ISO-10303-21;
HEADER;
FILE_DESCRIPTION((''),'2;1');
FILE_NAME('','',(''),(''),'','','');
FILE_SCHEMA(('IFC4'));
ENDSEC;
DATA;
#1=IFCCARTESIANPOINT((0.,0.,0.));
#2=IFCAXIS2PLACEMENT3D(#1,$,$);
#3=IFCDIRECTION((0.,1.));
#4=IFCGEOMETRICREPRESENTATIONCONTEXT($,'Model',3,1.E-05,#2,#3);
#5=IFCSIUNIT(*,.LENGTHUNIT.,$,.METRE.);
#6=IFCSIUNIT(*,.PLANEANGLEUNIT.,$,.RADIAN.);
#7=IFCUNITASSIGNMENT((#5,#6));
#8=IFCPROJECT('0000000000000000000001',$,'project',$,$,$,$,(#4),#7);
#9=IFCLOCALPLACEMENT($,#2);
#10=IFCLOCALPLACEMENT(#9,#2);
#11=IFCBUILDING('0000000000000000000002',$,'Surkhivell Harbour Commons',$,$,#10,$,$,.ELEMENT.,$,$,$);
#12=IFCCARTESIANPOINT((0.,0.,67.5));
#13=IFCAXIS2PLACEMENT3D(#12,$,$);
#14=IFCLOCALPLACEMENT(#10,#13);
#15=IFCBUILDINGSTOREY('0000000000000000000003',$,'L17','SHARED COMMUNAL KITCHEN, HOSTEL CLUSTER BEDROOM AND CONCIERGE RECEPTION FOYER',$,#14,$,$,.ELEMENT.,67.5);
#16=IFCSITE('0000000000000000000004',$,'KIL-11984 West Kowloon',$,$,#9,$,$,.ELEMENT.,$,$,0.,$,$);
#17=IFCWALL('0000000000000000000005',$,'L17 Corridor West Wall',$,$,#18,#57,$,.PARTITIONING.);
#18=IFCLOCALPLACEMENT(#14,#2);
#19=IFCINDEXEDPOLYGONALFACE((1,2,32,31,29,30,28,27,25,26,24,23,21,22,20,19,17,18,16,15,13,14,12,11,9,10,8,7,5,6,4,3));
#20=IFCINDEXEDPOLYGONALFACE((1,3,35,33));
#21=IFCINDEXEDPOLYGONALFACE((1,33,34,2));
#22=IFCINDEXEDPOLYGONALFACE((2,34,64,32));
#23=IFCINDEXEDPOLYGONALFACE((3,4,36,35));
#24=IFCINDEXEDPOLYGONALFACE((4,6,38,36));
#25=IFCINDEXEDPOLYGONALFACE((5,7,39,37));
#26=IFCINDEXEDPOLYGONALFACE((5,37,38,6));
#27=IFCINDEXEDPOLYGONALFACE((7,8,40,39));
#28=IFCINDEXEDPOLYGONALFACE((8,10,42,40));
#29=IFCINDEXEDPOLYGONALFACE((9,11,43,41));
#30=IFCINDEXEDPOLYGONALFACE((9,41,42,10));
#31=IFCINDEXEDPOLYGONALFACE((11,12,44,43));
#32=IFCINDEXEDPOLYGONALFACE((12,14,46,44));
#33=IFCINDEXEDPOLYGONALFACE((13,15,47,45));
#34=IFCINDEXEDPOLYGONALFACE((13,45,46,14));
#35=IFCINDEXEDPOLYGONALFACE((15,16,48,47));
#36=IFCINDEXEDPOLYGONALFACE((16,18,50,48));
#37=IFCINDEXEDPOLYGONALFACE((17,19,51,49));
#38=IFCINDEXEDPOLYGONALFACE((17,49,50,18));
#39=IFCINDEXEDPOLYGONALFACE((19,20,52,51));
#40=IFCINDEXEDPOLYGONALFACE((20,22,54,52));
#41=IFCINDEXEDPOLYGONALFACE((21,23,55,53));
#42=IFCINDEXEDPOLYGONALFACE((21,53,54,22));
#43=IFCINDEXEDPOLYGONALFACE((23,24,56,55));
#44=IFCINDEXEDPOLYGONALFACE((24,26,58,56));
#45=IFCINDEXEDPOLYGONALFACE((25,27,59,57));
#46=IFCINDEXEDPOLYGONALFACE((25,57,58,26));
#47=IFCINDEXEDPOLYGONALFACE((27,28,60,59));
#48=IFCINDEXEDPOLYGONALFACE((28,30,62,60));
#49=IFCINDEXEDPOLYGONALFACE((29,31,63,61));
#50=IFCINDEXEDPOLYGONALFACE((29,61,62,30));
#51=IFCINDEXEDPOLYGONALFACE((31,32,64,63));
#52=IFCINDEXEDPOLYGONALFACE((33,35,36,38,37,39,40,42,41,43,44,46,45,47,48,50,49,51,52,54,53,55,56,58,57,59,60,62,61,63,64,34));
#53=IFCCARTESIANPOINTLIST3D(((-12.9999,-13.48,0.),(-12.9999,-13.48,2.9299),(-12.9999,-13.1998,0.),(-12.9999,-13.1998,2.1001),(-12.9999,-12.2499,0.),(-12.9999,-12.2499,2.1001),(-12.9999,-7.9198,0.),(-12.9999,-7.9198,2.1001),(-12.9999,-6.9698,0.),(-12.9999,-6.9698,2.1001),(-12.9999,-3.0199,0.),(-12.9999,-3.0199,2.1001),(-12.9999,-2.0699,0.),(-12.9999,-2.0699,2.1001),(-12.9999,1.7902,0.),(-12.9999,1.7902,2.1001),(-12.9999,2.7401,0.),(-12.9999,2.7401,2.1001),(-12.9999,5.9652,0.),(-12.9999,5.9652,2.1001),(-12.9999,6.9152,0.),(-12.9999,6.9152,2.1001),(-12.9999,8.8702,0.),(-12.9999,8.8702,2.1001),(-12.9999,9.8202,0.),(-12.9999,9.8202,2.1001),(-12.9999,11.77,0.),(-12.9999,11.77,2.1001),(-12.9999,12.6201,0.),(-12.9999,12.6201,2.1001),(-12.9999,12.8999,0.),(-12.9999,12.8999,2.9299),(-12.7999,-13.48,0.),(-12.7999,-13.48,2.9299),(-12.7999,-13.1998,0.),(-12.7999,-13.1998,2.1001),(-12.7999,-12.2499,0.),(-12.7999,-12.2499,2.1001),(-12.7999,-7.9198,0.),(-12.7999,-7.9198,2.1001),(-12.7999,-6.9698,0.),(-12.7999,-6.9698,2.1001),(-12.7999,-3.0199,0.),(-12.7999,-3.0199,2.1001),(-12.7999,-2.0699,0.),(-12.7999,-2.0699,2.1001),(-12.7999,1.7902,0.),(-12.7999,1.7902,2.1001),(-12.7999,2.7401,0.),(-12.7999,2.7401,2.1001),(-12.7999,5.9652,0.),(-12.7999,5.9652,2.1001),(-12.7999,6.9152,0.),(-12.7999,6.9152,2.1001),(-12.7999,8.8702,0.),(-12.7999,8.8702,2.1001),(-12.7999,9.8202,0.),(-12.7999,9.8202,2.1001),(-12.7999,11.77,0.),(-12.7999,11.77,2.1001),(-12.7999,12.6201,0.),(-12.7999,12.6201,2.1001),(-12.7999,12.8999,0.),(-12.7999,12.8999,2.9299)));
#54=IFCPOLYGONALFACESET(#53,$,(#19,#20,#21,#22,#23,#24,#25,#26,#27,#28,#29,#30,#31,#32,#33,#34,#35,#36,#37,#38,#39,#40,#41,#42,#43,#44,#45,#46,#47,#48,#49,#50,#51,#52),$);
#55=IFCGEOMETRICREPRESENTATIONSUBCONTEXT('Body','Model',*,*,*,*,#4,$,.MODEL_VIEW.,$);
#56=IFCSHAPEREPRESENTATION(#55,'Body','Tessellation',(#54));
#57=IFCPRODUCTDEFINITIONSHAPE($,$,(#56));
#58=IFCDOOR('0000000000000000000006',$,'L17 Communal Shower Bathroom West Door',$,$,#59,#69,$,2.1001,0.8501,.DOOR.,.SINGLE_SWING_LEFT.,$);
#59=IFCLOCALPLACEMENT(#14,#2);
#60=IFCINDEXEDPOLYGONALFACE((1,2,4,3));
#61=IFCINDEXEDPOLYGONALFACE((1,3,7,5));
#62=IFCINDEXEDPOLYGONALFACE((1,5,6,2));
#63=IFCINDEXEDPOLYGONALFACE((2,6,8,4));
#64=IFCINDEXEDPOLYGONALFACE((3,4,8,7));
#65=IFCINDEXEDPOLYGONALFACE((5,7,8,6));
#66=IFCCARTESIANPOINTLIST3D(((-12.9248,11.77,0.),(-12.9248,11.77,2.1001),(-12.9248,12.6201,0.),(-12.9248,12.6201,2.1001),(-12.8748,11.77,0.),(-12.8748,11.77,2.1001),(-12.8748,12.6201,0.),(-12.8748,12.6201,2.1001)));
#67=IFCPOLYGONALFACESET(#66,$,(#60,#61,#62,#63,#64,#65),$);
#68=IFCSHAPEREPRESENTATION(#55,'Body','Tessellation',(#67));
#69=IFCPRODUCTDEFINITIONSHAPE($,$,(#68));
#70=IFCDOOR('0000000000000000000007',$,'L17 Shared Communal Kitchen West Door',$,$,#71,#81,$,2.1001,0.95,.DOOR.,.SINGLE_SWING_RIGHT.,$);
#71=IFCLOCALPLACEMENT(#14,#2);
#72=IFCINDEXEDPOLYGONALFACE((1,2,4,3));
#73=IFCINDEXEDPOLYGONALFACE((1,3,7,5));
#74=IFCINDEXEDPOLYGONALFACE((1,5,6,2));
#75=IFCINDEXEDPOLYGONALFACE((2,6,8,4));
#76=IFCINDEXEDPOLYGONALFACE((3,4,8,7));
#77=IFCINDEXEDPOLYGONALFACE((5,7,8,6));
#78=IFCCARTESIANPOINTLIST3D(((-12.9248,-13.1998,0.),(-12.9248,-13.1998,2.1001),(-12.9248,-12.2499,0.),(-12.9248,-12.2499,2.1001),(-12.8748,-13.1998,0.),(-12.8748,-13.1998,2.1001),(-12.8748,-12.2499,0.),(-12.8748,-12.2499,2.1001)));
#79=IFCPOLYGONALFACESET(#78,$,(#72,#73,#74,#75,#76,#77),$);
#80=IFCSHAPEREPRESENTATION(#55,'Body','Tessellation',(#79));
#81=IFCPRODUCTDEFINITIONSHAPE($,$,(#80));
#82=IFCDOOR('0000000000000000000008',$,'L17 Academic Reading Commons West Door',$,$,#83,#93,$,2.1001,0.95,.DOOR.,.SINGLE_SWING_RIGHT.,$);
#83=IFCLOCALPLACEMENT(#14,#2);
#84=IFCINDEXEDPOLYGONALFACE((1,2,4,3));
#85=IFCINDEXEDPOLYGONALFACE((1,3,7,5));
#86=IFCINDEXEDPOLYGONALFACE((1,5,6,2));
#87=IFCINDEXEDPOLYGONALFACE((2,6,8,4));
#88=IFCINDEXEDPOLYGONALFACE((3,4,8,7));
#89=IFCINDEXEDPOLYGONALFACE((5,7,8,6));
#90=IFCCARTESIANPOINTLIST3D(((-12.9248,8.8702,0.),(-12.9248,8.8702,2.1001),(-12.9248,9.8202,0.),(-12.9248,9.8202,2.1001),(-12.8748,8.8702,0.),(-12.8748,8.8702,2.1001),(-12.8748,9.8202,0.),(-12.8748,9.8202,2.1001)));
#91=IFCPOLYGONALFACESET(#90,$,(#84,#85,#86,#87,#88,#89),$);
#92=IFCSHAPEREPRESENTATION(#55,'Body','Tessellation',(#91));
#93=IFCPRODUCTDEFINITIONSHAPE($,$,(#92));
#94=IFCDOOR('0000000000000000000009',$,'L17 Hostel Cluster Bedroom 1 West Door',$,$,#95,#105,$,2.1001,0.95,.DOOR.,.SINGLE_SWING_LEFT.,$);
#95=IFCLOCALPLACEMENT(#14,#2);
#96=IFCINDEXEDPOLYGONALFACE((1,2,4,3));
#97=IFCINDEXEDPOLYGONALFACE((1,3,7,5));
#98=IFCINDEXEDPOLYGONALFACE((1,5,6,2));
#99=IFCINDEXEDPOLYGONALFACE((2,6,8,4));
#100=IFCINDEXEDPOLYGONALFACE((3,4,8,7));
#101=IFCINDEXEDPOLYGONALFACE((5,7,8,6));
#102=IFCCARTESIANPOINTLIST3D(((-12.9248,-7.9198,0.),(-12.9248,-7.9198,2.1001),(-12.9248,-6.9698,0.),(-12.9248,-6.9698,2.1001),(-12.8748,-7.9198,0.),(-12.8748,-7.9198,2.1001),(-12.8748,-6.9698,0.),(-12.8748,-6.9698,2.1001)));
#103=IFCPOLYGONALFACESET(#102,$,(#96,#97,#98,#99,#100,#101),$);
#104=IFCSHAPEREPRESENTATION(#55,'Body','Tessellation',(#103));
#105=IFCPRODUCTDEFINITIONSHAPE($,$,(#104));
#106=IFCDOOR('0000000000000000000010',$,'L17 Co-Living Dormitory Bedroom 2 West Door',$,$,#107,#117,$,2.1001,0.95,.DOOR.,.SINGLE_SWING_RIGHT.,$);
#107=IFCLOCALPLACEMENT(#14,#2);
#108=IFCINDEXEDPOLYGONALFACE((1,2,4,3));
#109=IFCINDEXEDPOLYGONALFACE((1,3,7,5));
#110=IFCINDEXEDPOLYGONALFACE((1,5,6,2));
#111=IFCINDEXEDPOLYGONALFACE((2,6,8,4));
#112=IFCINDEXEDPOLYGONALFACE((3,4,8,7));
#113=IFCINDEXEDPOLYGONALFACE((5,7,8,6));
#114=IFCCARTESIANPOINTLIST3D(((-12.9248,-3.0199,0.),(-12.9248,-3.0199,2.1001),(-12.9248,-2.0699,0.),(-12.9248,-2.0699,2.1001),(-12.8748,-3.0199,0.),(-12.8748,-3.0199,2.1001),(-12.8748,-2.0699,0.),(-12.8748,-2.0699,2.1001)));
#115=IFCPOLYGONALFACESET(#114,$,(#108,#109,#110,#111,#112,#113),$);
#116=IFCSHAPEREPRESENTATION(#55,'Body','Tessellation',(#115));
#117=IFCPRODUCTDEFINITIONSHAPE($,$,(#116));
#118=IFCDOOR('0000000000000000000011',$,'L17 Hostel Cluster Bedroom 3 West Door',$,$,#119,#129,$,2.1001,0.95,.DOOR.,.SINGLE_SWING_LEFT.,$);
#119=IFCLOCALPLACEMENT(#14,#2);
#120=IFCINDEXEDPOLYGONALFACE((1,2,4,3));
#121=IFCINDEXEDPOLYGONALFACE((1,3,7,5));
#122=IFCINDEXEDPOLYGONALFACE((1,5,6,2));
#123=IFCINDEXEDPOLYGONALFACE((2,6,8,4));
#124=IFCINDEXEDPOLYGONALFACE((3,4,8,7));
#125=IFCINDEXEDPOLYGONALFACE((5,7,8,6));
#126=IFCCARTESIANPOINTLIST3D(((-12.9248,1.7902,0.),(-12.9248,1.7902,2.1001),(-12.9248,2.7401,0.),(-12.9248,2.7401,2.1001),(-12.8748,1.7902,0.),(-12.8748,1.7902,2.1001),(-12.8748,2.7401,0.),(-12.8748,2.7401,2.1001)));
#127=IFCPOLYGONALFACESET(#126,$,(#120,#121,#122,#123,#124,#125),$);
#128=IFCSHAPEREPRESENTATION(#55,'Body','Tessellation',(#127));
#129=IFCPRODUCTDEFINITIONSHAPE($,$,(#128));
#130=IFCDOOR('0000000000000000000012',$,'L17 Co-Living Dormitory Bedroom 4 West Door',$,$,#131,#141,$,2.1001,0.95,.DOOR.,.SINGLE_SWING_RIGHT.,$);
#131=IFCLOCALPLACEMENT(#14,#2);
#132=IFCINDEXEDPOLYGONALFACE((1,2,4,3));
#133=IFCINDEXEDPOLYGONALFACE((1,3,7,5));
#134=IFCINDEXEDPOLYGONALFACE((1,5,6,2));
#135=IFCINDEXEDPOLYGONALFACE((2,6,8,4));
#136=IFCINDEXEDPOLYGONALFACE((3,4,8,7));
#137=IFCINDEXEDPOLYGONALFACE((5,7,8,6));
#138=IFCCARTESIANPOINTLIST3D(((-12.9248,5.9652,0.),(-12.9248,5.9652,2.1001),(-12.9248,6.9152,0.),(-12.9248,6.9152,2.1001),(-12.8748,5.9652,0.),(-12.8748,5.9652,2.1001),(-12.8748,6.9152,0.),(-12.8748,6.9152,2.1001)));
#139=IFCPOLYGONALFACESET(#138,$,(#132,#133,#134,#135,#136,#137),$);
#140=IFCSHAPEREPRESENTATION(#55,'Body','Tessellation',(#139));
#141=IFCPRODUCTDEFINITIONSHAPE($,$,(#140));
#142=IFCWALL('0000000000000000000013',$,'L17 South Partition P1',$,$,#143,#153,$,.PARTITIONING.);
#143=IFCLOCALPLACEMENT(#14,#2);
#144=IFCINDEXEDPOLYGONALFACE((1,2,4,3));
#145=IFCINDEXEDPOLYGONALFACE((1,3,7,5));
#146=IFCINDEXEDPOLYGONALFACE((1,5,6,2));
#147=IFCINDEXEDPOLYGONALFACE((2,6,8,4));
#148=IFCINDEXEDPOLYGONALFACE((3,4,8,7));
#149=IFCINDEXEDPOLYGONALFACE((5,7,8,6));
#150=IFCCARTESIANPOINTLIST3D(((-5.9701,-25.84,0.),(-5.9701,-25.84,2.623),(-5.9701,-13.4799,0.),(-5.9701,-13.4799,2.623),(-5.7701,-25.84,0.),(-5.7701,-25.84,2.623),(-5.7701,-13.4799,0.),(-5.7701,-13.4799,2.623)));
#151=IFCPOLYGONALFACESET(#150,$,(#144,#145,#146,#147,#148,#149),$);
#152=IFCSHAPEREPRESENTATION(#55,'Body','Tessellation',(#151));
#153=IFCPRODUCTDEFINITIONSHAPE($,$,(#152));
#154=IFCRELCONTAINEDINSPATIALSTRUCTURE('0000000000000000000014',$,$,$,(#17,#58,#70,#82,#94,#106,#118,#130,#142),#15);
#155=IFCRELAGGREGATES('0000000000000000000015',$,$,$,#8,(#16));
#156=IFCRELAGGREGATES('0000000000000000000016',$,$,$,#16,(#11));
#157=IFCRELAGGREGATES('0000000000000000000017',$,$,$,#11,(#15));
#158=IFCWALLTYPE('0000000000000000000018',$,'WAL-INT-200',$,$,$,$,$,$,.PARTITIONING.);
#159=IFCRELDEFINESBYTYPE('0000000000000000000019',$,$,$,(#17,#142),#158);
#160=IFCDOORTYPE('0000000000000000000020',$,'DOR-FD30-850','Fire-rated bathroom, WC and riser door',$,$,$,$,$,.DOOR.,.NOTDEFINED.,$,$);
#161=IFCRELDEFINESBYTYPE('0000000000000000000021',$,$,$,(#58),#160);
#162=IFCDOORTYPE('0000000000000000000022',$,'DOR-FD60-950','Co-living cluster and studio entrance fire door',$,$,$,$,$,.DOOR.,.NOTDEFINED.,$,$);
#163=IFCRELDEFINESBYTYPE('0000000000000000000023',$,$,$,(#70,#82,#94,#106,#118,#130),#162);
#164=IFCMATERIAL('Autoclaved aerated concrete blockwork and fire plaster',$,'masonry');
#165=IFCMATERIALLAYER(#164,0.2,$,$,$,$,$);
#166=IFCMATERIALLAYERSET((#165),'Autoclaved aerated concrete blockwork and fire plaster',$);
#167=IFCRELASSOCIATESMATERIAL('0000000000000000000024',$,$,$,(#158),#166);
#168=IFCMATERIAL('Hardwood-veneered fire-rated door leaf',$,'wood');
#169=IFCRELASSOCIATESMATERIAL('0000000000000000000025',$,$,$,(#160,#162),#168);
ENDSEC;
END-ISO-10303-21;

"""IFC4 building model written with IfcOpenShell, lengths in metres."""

from ifc_helpers import new_model, si_unit, direction, frame, frame_2d, origin, place, context, subcontext, project, spatial, rectangle, extrude, material, layer, layer_set, type_object, element, fill, save


model = new_model("IFC4")

# Units and contexts
model_context = context("Model", 3, precision=1e-05, world=origin(), true_north=direction((0.0, 1.0)))
body_context = subcontext(model_context, "Body", "Model", "MODEL_VIEW")
ifc_project = project(units=[si_unit("LENGTHUNIT", "METRE"), si_unit("PLANEANGLEUNIT", "RADIAN")], contexts=[model_context])

# Site, building, storey
site_placement = place(None, origin())
site = spatial("IfcSite", under=ifc_project, at=site_placement, Name="KIL-11984 West Kowloon", CompositionType="ELEMENT", RefElevation=0.0)
building_placement = place(site_placement, origin())
building = spatial("IfcBuilding", under=site, at=building_placement, Name="Surkhivell Harbour Commons", CompositionType="ELEMENT")
storey_placement = place(building_placement, frame((0.0, 0.0, 67.5)))
storey = spatial("IfcBuildingStorey", under=building, at=storey_placement, Name="L17", Description="SHARED COMMUNAL KITCHEN, HOSTEL CLUSTER BEDROOM AND CONCIERGE RECEPTION FOYER", CompositionType="ELEMENT", Elevation=67.5)

# Wall, openings, doors
ifc_material_1 = material(Name="Autoclaved aerated concrete blockwork and fire plaster", Category="masonry")
ifc_layer_1 = layer(ifc_material_1, 0.2)
ifc_layer_set_1 = layer_set([ifc_layer_1], Name="Autoclaved aerated concrete blockwork and fire plaster")
wall_type_1 = type_object("IfcWallType", Name="WAL-INT-200", PredefinedType="PARTITIONING", material=ifc_layer_set_1)
ifc_material_2 = material(Name="Hardwood-veneered fire-rated door leaf", Category="wood")
door_type_1 = type_object("IfcDoorType", Name="DOR-FD30-850", Description="Fire-rated bathroom, WC and riser door", OperationType="NOTDEFINED", PredefinedType="DOOR", material=ifc_material_2)
wall_1_placement = place(storey_placement, frame((-12.8999, -13.48, 0.0), z_axis=(0.0, 0.0, 1.0), x_axis=(0.0, 1.0, 0.0)))
wall_1 = element("IfcWall", 1, at=wall_1_placement, inside=storey, type_object=wall_type_1, Name="L17 Corridor West Wall", PredefinedType="PARTITIONING", context=body_context, shape_type="SweptSolid", body=[
    extrude(rectangle(XDim=26.3799, YDim=0.2, at=frame_2d((13.1899, 0.0))), origin(), (0.0, 0.0, 1.0), 2.9299),
])
opening_1_placement = place(wall_1_placement, frame((0.28, 0.0, 0.0)))
opening_1 = element("IfcOpeningElement", 2, at=opening_1_placement, cuts=wall_1, PredefinedType="OPENING", context=body_context, shape_type="SweptSolid", body=[
    extrude(rectangle(XDim=0.95, YDim=2.1001, at=frame_2d((0.4751, 1.05))), frame((0.0, 0.1099, 0.0), z_axis=(0.0, -1.0, 0.0), x_axis=(1.0, 0.0, 0.0)), (0.0, 0.0, 1.0), 0.22),
])
opening_2_placement = place(wall_1_placement, frame((25.25, 0.0, 0.0)))
opening_2 = element("IfcOpeningElement", 3, at=opening_2_placement, cuts=wall_1, PredefinedType="OPENING", context=body_context, shape_type="SweptSolid", body=[
    extrude(rectangle(XDim=0.8501, YDim=2.1001, at=frame_2d((0.425, 1.05))), frame((0.0, 0.1099, 0.0), z_axis=(0.0, -1.0, 0.0), x_axis=(1.0, 0.0, 0.0)), (0.0, 0.0, 1.0), 0.22),
])
opening_3_placement = place(wall_1_placement, frame((22.3501, 0.0, 0.0)))
opening_3 = element("IfcOpeningElement", 4, at=opening_3_placement, cuts=wall_1, PredefinedType="OPENING", context=body_context, shape_type="SweptSolid", body=[
    extrude(rectangle(XDim=0.95, YDim=2.1001, at=frame_2d((0.4751, 1.05))), frame((0.0, 0.1099, 0.0), z_axis=(0.0, -1.0, 0.0), x_axis=(1.0, 0.0, 0.0)), (0.0, 0.0, 1.0), 0.22),
])
opening_4_placement = place(wall_1_placement, frame((5.5601, 0.0, 0.0)))
opening_4 = element("IfcOpeningElement", 5, at=opening_4_placement, cuts=wall_1, PredefinedType="OPENING", context=body_context, shape_type="SweptSolid", body=[
    extrude(rectangle(XDim=0.95, YDim=2.1001, at=frame_2d((0.4751, 1.05))), frame((0.0, 0.1099, 0.0), z_axis=(0.0, -1.0, 0.0), x_axis=(1.0, 0.0, 0.0)), (0.0, 0.0, 1.0), 0.22),
])
opening_5_placement = place(wall_1_placement, frame((10.46, 0.0, 0.0)))
opening_5 = element("IfcOpeningElement", 6, at=opening_5_placement, cuts=wall_1, PredefinedType="OPENING", context=body_context, shape_type="SweptSolid", body=[
    extrude(rectangle(XDim=0.95, YDim=2.1001, at=frame_2d((0.4751, 1.05))), frame((0.0, 0.1099, 0.0), z_axis=(0.0, -1.0, 0.0), x_axis=(1.0, 0.0, 0.0)), (0.0, 0.0, 1.0), 0.22),
])
opening_6_placement = place(wall_1_placement, frame((15.27, 0.0, 0.0)))
opening_6 = element("IfcOpeningElement", 7, at=opening_6_placement, cuts=wall_1, PredefinedType="OPENING", context=body_context, shape_type="SweptSolid", body=[
    extrude(rectangle(XDim=0.95, YDim=2.1001, at=frame_2d((0.4751, 1.05))), frame((0.0, 0.1099, 0.0), z_axis=(0.0, -1.0, 0.0), x_axis=(1.0, 0.0, 0.0)), (0.0, 0.0, 1.0), 0.22),
])
opening_7_placement = place(wall_1_placement, frame((19.4451, 0.0, 0.0)))
opening_7 = element("IfcOpeningElement", 8, at=opening_7_placement, cuts=wall_1, PredefinedType="OPENING", context=body_context, shape_type="SweptSolid", body=[
    extrude(rectangle(XDim=0.95, YDim=2.1001, at=frame_2d((0.4751, 1.05))), frame((0.0, 0.1099, 0.0), z_axis=(0.0, -1.0, 0.0), x_axis=(1.0, 0.0, 0.0)), (0.0, 0.0, 1.0), 0.22),
])
door_1_placement = place(opening_2_placement, origin())
door_1 = element("IfcDoor", 9, at=door_1_placement, inside=storey, type_object=door_type_1, Name="L17 Communal Shower Bathroom West Door", OperationType="SINGLE_SWING_LEFT", OverallHeight=2.1001, OverallWidth=0.8501, PredefinedType="DOOR", context=body_context, shape_type="SweptSolid", body=[
    extrude(rectangle(XDim=0.8501, YDim=2.1001, at=frame_2d((0.425, 1.05))), frame((0.0, 0.0249, 0.0), z_axis=(0.0, -1.0, 0.0), x_axis=(1.0, 0.0, 0.0)), (0.0, 0.0, 1.0), 0.05),
])
fill(opening_2, door_1)
door_type_2 = type_object("IfcDoorType", Name="DOR-FD60-950", Description="Co-living cluster and studio entrance fire door", OperationType="NOTDEFINED", PredefinedType="DOOR", material=ifc_material_2)
door_2_placement = place(opening_1_placement, origin())
door_2 = element("IfcDoor", 10, at=door_2_placement, inside=storey, type_object=door_type_2, Name="L17 Shared Communal Kitchen West Door", OperationType="SINGLE_SWING_RIGHT", OverallHeight=2.1001, OverallWidth=0.95, PredefinedType="DOOR", context=body_context, shape_type="SweptSolid", body=[
    extrude(rectangle(XDim=0.95, YDim=2.1001, at=frame_2d((0.4751, 1.05))), frame((0.0, 0.0249, 0.0), z_axis=(0.0, -1.0, 0.0), x_axis=(1.0, 0.0, 0.0)), (0.0, 0.0, 1.0), 0.05),
])
fill(opening_1, door_2)
door_3_placement = place(opening_3_placement, origin())
door_3 = element("IfcDoor", 11, at=door_3_placement, inside=storey, type_object=door_type_2, Name="L17 Academic Reading Commons West Door", OperationType="SINGLE_SWING_RIGHT", OverallHeight=2.1001, OverallWidth=0.95, PredefinedType="DOOR", context=body_context, shape_type="SweptSolid", body=[
    extrude(rectangle(XDim=0.95, YDim=2.1001, at=frame_2d((0.4751, 1.05))), frame((0.0, 0.0249, 0.0), z_axis=(0.0, -1.0, 0.0), x_axis=(1.0, 0.0, 0.0)), (0.0, 0.0, 1.0), 0.05),
])
fill(opening_3, door_3)
door_4_placement = place(opening_4_placement, origin())
door_4 = element("IfcDoor", 12, at=door_4_placement, inside=storey, type_object=door_type_2, Name="L17 Hostel Cluster Bedroom 1 West Door", OperationType="SINGLE_SWING_LEFT", OverallHeight=2.1001, OverallWidth=0.95, PredefinedType="DOOR", context=body_context, shape_type="SweptSolid", body=[
    extrude(rectangle(XDim=0.95, YDim=2.1001, at=frame_2d((0.4751, 1.05))), frame((0.0, 0.0249, 0.0), z_axis=(0.0, -1.0, 0.0), x_axis=(1.0, 0.0, 0.0)), (0.0, 0.0, 1.0), 0.05),
])
fill(opening_4, door_4)
door_5_placement = place(opening_5_placement, origin())
door_5 = element("IfcDoor", 13, at=door_5_placement, inside=storey, type_object=door_type_2, Name="L17 Co-Living Dormitory Bedroom 2 West Door", OperationType="SINGLE_SWING_RIGHT", OverallHeight=2.1001, OverallWidth=0.95, PredefinedType="DOOR", context=body_context, shape_type="SweptSolid", body=[
    extrude(rectangle(XDim=0.95, YDim=2.1001, at=frame_2d((0.4751, 1.05))), frame((0.0, 0.0249, 0.0), z_axis=(0.0, -1.0, 0.0), x_axis=(1.0, 0.0, 0.0)), (0.0, 0.0, 1.0), 0.05),
])
fill(opening_5, door_5)
door_6_placement = place(opening_6_placement, origin())
door_6 = element("IfcDoor", 14, at=door_6_placement, inside=storey, type_object=door_type_2, Name="L17 Hostel Cluster Bedroom 3 West Door", OperationType="SINGLE_SWING_LEFT", OverallHeight=2.1001, OverallWidth=0.95, PredefinedType="DOOR", context=body_context, shape_type="SweptSolid", body=[
    extrude(rectangle(XDim=0.95, YDim=2.1001, at=frame_2d((0.4751, 1.05))), frame((0.0, 0.0249, 0.0), z_axis=(0.0, -1.0, 0.0), x_axis=(1.0, 0.0, 0.0)), (0.0, 0.0, 1.0), 0.05),
])
fill(opening_6, door_6)
door_7_placement = place(opening_7_placement, origin())
door_7 = element("IfcDoor", 15, at=door_7_placement, inside=storey, type_object=door_type_2, Name="L17 Co-Living Dormitory Bedroom 4 West Door", OperationType="SINGLE_SWING_RIGHT", OverallHeight=2.1001, OverallWidth=0.95, PredefinedType="DOOR", context=body_context, shape_type="SweptSolid", body=[
    extrude(rectangle(XDim=0.95, YDim=2.1001, at=frame_2d((0.4751, 1.05))), frame((0.0, 0.0249, 0.0), z_axis=(0.0, -1.0, 0.0), x_axis=(1.0, 0.0, 0.0)), (0.0, 0.0, 1.0), 0.05),
])
fill(opening_7, door_7)

# Wall
wall_2_placement = place(storey_placement, frame((-5.8701, -25.8401, 0.0), z_axis=(0.0, 0.0, 1.0), x_axis=(0.0, 1.0, 0.0)))
element("IfcWall", 16, at=wall_2_placement, inside=storey, type_object=wall_type_1, Name="L17 South Partition P1", PredefinedType="PARTITIONING", context=body_context, shape_type="SweptSolid", body=[
    extrude(rectangle(XDim=12.3601, YDim=0.2, at=frame_2d((6.1802, 0.0))), origin(), (0.0, 0.0, 1.0), 2.623),
])

save(model, "model.ifc")
